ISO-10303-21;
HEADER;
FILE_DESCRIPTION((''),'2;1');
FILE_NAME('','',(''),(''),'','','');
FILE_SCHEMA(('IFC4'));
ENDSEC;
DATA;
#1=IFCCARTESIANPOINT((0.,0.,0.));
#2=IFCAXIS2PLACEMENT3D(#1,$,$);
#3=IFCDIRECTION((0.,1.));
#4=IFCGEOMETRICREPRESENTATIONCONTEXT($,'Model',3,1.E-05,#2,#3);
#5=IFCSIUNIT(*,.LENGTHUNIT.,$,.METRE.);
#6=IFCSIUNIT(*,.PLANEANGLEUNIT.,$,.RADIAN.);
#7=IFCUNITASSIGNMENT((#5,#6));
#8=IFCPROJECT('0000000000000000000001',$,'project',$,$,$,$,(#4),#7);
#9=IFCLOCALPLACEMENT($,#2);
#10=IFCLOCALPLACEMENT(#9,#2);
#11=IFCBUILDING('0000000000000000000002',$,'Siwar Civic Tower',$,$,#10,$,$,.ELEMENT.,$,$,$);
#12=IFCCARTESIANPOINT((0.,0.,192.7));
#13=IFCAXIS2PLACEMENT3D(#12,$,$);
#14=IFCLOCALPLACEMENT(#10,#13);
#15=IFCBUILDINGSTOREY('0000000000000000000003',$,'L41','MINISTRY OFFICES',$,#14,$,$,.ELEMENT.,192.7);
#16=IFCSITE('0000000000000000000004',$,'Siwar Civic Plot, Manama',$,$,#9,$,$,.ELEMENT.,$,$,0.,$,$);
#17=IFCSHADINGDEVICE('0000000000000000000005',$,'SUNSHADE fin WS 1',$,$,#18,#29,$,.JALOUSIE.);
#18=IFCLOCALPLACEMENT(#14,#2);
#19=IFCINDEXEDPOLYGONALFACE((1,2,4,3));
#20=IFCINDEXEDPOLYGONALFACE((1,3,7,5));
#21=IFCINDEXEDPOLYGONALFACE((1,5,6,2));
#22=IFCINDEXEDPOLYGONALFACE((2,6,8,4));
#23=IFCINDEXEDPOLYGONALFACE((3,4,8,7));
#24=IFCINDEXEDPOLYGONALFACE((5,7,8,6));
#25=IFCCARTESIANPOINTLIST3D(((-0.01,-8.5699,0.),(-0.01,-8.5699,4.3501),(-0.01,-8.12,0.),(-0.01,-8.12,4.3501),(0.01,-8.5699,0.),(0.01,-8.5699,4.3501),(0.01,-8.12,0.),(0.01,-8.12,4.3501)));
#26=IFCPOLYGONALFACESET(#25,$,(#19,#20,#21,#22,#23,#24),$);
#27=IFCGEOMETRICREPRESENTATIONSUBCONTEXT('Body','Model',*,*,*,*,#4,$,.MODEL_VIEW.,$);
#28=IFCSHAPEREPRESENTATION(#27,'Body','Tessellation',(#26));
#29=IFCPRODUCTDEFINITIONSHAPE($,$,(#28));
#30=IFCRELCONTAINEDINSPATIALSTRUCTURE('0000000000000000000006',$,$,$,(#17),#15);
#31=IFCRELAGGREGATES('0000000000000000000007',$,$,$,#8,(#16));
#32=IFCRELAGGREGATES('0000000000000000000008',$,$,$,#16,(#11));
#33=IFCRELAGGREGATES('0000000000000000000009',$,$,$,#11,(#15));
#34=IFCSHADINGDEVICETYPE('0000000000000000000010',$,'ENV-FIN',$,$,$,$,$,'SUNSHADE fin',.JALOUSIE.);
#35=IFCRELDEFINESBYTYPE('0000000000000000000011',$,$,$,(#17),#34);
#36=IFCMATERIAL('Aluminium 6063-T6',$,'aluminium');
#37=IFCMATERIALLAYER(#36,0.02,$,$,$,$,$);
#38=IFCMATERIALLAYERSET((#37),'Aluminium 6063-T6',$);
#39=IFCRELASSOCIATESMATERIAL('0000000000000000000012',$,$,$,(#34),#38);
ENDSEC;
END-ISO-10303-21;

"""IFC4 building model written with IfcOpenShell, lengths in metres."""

from ifc_helpers import new_model, si_unit, direction, frame, origin, origin_2d, place, context, subcontext, project, spatial, rectangle, extrude, material, layer, layer_set, type_object, element, save


model = new_model("IFC4")

# Units and contexts
model_context = context("Model", 3, precision=1e-05, world=origin(), true_north=direction((0.0, 1.0)))
body_context = subcontext(model_context, "Body", "Model", "MODEL_VIEW")
ifc_project = project(units=[si_unit("LENGTHUNIT", "METRE"), si_unit("PLANEANGLEUNIT", "RADIAN")], contexts=[model_context])

# Site, building, storey
site_placement = place(None, origin())
site = spatial("IfcSite", under=ifc_project, at=site_placement, Name="Siwar Civic Plot, Manama", CompositionType="ELEMENT", RefElevation=0.0)
building_placement = place(site_placement, origin())
building = spatial("IfcBuilding", under=site, at=building_placement, Name="Siwar Civic Tower", CompositionType="ELEMENT")
storey_placement = place(building_placement, frame((0.0, 0.0, 192.7)))
storey = spatial("IfcBuildingStorey", under=building, at=storey_placement, Name="L41", Description="MINISTRY OFFICES", CompositionType="ELEMENT", Elevation=192.7)

# Shading device
ifc_material_1 = material(Name="Aluminium 6063-T6", Category="aluminium")
ifc_layer_1 = layer(ifc_material_1, 0.02)
ifc_layer_set_1 = layer_set([ifc_layer_1], Name="Aluminium 6063-T6")
shading_device_type = type_object("IfcShadingDeviceType", Name="ENV-FIN", ElementType="SUNSHADE fin", PredefinedType="JALOUSIE", material=ifc_layer_set_1)
shading_device_placement = place(storey_placement, frame((0.0, -8.345, 0.0), z_axis=(0.0, 0.0, 1.0), x_axis=(1.0, 0.0, 0.0)))
element("IfcShadingDevice", 1, at=shading_device_placement, inside=storey, type_object=shading_device_type, Name="SUNSHADE fin WS 1", PredefinedType="JALOUSIE", context=body_context, shape_type="SweptSolid", body=[
    extrude(rectangle(XDim=0.02, YDim=0.45, at=origin_2d()), origin(), (0.0, 0.0, 1.0), 4.3501),
])

save(model, "model.ifc")
